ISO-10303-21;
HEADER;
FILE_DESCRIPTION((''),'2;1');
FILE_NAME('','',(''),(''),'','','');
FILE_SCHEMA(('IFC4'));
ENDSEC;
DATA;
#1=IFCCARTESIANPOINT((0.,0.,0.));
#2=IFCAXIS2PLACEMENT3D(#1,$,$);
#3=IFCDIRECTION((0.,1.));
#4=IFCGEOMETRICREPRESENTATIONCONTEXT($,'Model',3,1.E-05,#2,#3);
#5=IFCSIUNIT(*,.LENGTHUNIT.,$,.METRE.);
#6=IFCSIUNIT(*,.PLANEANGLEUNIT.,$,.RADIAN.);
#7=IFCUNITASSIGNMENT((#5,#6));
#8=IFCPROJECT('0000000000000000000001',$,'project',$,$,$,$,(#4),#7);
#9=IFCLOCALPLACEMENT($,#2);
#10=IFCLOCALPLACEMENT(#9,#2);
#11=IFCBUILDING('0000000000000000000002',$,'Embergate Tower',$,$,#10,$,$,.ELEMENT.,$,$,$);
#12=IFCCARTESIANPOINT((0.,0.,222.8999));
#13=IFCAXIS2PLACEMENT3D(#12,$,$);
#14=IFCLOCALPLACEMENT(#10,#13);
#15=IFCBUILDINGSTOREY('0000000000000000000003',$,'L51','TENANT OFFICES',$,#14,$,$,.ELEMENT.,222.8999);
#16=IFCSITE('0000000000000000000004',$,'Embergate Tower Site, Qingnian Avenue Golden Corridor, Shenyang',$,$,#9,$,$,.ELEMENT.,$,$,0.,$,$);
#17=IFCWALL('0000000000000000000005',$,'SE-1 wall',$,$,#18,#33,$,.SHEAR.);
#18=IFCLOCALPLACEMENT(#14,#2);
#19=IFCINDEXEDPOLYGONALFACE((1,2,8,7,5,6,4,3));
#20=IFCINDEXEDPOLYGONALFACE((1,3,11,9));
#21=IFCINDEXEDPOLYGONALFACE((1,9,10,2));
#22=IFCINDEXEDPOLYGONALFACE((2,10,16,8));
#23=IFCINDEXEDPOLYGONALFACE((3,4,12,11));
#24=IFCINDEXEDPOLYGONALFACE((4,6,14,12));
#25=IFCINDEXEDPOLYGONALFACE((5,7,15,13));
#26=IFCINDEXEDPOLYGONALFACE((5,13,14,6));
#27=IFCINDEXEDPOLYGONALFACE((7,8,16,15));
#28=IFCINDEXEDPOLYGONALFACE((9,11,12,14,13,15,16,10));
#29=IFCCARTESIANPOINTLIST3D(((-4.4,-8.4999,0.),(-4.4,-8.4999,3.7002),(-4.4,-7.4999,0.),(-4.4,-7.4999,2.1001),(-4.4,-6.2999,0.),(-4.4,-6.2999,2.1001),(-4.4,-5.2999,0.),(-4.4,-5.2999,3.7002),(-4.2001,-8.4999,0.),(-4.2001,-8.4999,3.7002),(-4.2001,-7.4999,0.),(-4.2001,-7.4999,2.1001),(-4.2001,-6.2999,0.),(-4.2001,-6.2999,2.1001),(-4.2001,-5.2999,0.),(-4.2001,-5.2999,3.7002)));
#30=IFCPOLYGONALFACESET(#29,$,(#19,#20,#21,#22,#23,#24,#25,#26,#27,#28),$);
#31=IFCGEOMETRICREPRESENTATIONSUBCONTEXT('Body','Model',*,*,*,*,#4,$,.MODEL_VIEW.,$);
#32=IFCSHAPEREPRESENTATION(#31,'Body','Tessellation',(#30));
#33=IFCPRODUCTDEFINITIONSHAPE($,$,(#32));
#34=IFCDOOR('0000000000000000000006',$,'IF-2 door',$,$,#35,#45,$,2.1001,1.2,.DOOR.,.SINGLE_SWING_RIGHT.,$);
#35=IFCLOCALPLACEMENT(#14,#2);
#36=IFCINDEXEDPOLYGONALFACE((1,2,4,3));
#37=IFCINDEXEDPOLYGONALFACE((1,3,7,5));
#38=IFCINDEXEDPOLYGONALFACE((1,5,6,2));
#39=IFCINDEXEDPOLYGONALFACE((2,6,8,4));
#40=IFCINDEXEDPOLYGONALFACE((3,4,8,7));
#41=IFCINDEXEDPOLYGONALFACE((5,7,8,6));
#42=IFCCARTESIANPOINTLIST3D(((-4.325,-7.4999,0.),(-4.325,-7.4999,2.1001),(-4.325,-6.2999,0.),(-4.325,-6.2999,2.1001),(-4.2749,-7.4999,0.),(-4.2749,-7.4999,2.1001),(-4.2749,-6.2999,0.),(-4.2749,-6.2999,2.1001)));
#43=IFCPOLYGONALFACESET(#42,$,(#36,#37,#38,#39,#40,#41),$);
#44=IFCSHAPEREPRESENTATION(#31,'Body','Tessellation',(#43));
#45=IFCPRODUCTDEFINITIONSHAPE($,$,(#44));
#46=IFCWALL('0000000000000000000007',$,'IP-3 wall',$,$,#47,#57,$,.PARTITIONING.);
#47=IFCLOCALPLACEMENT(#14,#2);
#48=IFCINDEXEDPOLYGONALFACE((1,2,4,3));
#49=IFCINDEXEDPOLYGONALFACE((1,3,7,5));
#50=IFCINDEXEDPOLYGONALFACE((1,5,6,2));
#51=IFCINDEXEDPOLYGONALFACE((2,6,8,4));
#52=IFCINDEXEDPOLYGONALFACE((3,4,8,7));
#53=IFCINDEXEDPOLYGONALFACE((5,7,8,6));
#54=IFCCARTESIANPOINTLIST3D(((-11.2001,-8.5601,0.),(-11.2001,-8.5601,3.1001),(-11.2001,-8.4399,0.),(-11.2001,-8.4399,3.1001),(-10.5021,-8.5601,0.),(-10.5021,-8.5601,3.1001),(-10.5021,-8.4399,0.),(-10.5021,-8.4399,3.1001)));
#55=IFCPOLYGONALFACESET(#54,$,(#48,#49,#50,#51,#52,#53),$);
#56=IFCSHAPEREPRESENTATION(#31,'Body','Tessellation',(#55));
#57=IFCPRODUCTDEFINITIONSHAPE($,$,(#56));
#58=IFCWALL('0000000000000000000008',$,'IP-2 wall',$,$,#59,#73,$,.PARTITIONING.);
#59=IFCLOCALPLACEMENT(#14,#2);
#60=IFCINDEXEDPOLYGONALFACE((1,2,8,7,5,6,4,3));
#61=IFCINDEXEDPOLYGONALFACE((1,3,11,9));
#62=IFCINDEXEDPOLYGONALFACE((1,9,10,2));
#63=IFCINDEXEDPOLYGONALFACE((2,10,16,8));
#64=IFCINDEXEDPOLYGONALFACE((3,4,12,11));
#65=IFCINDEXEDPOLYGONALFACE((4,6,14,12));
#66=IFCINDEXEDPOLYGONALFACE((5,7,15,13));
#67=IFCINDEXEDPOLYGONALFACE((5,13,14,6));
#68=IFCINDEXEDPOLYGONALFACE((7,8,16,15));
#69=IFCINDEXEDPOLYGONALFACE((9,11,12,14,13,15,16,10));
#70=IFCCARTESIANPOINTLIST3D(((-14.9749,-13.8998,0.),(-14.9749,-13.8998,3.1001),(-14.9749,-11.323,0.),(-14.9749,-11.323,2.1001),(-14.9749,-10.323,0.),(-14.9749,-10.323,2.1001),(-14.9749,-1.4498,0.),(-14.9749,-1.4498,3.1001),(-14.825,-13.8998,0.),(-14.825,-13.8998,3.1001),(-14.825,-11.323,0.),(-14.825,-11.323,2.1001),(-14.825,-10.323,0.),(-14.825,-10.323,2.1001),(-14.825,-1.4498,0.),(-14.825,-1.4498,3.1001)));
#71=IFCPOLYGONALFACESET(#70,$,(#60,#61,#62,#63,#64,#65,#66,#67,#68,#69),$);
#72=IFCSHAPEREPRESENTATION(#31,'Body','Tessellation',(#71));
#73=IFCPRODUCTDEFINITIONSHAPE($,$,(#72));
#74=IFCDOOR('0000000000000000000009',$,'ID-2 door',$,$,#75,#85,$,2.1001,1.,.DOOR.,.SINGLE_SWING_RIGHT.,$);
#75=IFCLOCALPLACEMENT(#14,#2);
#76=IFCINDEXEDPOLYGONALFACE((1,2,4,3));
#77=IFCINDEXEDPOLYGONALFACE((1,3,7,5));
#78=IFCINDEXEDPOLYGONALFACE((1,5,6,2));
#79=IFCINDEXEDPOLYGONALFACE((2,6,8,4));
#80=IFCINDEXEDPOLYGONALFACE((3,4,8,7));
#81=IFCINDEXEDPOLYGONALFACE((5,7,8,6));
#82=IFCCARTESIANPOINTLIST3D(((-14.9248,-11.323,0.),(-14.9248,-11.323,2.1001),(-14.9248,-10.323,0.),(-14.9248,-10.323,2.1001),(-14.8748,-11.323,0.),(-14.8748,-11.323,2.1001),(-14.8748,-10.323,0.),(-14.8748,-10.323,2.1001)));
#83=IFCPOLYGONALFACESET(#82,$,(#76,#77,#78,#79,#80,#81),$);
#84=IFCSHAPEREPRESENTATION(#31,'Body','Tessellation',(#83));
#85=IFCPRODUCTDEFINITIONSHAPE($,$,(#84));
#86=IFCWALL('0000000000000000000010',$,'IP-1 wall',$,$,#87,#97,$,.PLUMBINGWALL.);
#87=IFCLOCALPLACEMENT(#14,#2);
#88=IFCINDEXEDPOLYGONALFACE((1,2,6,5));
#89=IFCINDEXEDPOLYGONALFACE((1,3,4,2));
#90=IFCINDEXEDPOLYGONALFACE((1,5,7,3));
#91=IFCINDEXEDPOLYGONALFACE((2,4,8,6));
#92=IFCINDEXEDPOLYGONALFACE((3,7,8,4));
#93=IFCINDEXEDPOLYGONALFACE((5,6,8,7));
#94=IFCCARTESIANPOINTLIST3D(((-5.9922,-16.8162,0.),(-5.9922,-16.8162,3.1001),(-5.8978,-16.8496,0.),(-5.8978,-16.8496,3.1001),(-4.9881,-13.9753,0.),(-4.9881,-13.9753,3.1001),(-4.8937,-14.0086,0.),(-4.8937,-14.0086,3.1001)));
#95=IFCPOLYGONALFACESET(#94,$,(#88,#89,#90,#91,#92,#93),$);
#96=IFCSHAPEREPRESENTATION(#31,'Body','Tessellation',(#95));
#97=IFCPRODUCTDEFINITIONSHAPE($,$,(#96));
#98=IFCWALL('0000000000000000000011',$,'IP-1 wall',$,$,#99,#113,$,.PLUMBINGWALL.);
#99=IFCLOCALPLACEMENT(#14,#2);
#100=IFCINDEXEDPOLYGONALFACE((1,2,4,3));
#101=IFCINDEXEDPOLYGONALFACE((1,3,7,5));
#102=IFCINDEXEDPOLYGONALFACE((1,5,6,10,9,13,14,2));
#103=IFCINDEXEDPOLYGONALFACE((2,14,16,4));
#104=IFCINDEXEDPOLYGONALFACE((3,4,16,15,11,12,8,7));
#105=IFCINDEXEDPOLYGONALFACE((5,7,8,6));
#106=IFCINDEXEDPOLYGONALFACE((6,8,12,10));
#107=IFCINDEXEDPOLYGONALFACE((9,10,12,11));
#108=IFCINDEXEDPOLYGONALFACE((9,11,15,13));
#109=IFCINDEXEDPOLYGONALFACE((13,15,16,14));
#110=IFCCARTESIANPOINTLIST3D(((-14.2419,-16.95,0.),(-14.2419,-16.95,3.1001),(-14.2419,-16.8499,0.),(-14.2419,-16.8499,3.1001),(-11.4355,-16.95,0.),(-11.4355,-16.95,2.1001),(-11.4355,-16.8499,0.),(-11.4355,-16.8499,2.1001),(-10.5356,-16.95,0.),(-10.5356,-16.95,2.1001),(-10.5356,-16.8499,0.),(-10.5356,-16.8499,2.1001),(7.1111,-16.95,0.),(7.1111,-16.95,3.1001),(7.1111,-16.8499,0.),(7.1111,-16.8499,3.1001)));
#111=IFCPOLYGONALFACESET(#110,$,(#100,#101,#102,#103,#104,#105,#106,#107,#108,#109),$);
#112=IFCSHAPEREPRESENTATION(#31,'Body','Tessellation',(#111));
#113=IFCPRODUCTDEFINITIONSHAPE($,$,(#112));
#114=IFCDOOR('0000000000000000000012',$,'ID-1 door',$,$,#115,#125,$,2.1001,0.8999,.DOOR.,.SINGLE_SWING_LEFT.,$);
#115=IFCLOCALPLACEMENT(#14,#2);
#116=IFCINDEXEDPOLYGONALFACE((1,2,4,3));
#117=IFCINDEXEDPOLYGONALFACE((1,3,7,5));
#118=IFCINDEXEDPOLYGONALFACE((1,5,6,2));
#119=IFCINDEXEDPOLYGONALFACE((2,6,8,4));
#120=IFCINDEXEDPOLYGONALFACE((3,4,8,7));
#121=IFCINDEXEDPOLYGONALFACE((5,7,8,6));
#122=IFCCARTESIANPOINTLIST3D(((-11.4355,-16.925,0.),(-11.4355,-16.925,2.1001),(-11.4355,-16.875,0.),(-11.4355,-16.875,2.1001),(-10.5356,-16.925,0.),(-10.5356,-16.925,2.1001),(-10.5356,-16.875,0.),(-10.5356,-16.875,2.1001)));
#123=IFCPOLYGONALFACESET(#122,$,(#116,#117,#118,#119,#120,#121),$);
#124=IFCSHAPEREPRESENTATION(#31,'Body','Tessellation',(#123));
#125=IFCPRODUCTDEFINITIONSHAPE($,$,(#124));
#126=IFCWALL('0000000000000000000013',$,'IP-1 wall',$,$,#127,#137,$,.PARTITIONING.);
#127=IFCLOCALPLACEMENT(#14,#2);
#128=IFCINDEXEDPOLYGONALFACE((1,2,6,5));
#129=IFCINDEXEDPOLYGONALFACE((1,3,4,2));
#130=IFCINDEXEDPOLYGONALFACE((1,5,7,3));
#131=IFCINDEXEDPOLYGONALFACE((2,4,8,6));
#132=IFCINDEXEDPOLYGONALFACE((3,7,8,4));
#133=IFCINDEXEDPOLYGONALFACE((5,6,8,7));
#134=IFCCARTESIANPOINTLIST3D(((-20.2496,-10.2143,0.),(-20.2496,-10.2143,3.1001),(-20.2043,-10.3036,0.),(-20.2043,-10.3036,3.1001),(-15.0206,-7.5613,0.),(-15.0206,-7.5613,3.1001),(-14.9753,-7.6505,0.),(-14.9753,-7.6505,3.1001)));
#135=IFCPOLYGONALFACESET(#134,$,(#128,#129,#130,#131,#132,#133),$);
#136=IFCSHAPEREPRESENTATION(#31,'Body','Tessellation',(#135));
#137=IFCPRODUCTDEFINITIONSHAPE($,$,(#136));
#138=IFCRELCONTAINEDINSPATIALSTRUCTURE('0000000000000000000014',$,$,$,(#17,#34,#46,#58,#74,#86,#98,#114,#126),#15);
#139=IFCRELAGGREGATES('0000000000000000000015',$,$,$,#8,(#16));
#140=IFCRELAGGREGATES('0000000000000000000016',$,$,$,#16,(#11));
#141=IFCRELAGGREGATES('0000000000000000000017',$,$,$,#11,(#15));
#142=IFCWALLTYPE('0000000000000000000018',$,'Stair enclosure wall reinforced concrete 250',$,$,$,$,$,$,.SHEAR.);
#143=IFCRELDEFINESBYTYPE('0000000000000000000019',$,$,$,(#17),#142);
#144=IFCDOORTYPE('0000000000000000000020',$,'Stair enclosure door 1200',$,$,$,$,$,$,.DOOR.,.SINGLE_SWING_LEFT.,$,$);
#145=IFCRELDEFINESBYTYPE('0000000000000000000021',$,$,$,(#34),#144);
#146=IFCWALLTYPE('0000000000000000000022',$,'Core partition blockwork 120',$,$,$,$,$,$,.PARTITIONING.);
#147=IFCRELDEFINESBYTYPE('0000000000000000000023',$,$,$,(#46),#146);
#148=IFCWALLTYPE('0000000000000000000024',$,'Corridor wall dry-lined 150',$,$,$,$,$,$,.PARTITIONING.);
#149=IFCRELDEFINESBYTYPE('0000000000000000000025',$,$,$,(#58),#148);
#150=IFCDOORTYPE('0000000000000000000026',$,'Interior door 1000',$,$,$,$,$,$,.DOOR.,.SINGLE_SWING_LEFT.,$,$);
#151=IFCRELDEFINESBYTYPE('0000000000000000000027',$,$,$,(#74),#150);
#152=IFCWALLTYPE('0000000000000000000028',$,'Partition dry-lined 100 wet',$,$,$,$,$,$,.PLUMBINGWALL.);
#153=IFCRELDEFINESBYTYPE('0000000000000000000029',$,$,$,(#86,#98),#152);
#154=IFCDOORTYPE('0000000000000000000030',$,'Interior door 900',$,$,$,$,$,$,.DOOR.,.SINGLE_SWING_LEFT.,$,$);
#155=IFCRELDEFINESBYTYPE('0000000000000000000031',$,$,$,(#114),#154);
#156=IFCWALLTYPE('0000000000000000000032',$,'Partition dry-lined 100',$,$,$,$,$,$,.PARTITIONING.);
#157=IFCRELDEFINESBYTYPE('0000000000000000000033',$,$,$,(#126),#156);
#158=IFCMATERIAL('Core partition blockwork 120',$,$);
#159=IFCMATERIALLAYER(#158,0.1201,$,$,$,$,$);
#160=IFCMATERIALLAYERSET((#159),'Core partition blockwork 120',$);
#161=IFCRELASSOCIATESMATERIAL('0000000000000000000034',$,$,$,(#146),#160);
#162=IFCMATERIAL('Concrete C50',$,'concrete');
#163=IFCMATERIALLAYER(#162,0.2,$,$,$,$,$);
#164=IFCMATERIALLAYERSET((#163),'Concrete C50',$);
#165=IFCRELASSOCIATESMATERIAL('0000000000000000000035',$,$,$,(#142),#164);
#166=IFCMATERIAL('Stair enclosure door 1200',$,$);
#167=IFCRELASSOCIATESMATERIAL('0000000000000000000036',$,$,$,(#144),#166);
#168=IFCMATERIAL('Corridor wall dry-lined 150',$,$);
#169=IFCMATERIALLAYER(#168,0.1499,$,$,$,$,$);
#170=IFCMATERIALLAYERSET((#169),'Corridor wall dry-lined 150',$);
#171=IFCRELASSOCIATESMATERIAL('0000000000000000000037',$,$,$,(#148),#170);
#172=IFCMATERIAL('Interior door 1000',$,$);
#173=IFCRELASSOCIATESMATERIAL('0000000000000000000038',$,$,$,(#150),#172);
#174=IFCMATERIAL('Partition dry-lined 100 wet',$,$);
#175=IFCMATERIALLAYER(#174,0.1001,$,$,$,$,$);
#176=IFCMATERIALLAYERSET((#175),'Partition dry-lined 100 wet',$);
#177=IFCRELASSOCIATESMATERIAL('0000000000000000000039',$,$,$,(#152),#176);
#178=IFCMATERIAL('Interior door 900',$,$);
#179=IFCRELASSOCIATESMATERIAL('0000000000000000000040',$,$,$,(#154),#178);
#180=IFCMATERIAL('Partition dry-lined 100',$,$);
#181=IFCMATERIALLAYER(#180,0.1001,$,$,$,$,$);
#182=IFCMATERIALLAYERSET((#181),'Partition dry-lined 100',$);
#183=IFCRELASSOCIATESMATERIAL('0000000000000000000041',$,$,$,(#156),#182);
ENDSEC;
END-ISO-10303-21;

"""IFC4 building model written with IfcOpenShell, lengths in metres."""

from ifc_helpers import new_model, si_unit, direction, frame, frame_2d, origin, place, context, subcontext, project, spatial, rectangle, extrude, source, transform, mapped, material, layer, layer_set, type_object, element, fill, save


model = new_model("IFC4")

# Units and contexts
model_context = context("Model", 3, precision=1e-05, world=origin(), true_north=direction((0.0, 1.0)))
body_context = subcontext(model_context, "Body", "Model", "MODEL_VIEW")
ifc_project = project(units=[si_unit("LENGTHUNIT", "METRE"), si_unit("PLANEANGLEUNIT", "RADIAN")], contexts=[model_context])

# Site, building, storey
site_placement = place(None, origin())
site = spatial("IfcSite", under=ifc_project, at=site_placement, Name="Embergate Tower Site, Qingnian Avenue Golden Corridor, Shenyang", CompositionType="ELEMENT", RefElevation=0.0)
building_placement = place(site_placement, origin())
building = spatial("IfcBuilding", under=site, at=building_placement, Name="Embergate Tower", CompositionType="ELEMENT")
storey_placement = place(building_placement, frame((0.0, 0.0, 222.8999)))
storey = spatial("IfcBuildingStorey", under=building, at=storey_placement, Name="L51", Description="TENANT OFFICES", CompositionType="ELEMENT", Elevation=222.8999)

# Shared definitions
shared_shape_1 = source(origin(), body_context, "Body", "SweptSolid", [
    extrude(rectangle(XDim=1.0, YDim=2.1001, at=frame_2d((0.5, 1.05))), frame((0.0, 0.0249, 0.0), z_axis=(0.0, -1.0, 0.0), x_axis=(1.0, 0.0, 0.0)), (0.0, 0.0, 1.0), 0.05),
])
ifc_material_1 = material(Name="Core partition blockwork 120")
ifc_layer_1 = layer(ifc_material_1, 0.1201)
ifc_layer_set_1 = layer_set([ifc_layer_1], Name="Core partition blockwork 120")
wall_type_1 = type_object("IfcWallType", Name="Core partition blockwork 120", PredefinedType="PARTITIONING", material=ifc_layer_set_1)
shared_shape_2 = source(origin(), body_context, "Body", "SweptSolid", [
    extrude(rectangle(XDim=1.2, YDim=2.1001, at=frame_2d((0.6001, 1.05))), frame((0.0, 0.0249, 0.0), z_axis=(0.0, -1.0, 0.0), x_axis=(1.0, 0.0, 0.0)), (0.0, 0.0, 1.0), 0.05),
])

# Shared definitions
ifc_material_2 = material(Name="Concrete C50", Category="concrete")
ifc_layer_2 = layer(ifc_material_2, 0.2)
ifc_layer_set_2 = layer_set([ifc_layer_2], Name="Concrete C50")
wall_type_2 = type_object("IfcWallType", Name="Stair enclosure wall reinforced concrete 250", PredefinedType="SHEAR", material=ifc_layer_set_2)

# Wall, opening, door
shared_shape_3 = source(origin(), body_context, "Body", "SweptSolid", [
    extrude(rectangle(XDim=3.2, YDim=0.2, at=frame_2d((1.6001, 0.0))), origin(), (0.0, 0.0, 1.0), 3.7002),
])
wall_1_placement = place(storey_placement, frame((-4.3, -8.5, 0.0), z_axis=(0.0, 0.0, 1.0), x_axis=(0.0, 1.0, 0.0)))
wall_1 = element("IfcWall", 1, at=wall_1_placement, inside=storey, type_object=wall_type_2, Name="SE-1 wall", PredefinedType="SHEAR", context=body_context, shape_type="MappedRepresentation", body=[
    mapped(shared_shape_3, transform((0.0, 0.0, 0.0))),
])
shared_shape_4 = source(origin(), body_context, "Body", "SweptSolid", [
    extrude(rectangle(XDim=1.2, YDim=2.1001, at=frame_2d((0.6001, 1.05))), frame((0.0, 0.1099, 0.0), z_axis=(0.0, -1.0, 0.0), x_axis=(1.0, 0.0, 0.0)), (0.0, 0.0, 1.0), 0.22),
])
opening_1_placement = place(wall_1_placement, frame((1.0, 0.0, 0.0)))
opening_1 = element("IfcOpeningElement", 2, at=opening_1_placement, cuts=wall_1, PredefinedType="OPENING", context=body_context, shape_type="MappedRepresentation", body=[
    mapped(shared_shape_4, transform((0.0, 0.0, 0.0))),
])
ifc_material_3 = material(Name="Stair enclosure door 1200")
door_type_1 = type_object("IfcDoorType", Name="Stair enclosure door 1200", OperationType="SINGLE_SWING_LEFT", PredefinedType="DOOR", material=ifc_material_3)
door_1_placement = place(opening_1_placement, origin())
door_1 = element("IfcDoor", 3, at=door_1_placement, inside=storey, type_object=door_type_1, Name="IF-2 door", OperationType="SINGLE_SWING_RIGHT", OverallHeight=2.1001, OverallWidth=1.2, PredefinedType="DOOR", context=body_context, shape_type="MappedRepresentation", body=[
    mapped(shared_shape_2, transform((0.0, 0.0, 0.0))),
])
fill(opening_1, door_1)

# Wall
shared_shape_5 = source(origin(), body_context, "Body", "SweptSolid", [
    extrude(rectangle(XDim=0.698, YDim=0.1201, at=frame_2d((0.3491, 0.0))), origin(), (0.0, 0.0, 1.0), 3.1001),
])
wall_2_placement = place(storey_placement, frame((-10.502, -8.5, 0.0), z_axis=(0.0, 0.0, 1.0), x_axis=(-1.0, 0.0, 0.0)))
element("IfcWall", 4, at=wall_2_placement, inside=storey, type_object=wall_type_1, Name="IP-3 wall", PredefinedType="PARTITIONING", context=body_context, shape_type="MappedRepresentation", body=[
    mapped(shared_shape_5, transform((0.0, 0.0, 0.0))),
])

# Wall, opening, door
ifc_material_4 = material(Name="Corridor wall dry-lined 150")
ifc_layer_3 = layer(ifc_material_4, 0.1499)
ifc_layer_set_3 = layer_set([ifc_layer_3], Name="Corridor wall dry-lined 150")
wall_type_3 = type_object("IfcWallType", Name="Corridor wall dry-lined 150", PredefinedType="PARTITIONING", material=ifc_layer_set_3)
shared_shape_6 = source(origin(), body_context, "Body", "SweptSolid", [
    extrude(rectangle(XDim=12.45, YDim=0.1499, at=frame_2d((6.2251, 0.0))), origin(), (0.0, 0.0, 1.0), 3.1001),
])
wall_3_placement = place(storey_placement, frame((-14.8999, -13.8999, 0.0), z_axis=(0.0, 0.0, 1.0), x_axis=(0.0, 1.0, 0.0)))
wall_3 = element("IfcWall", 5, at=wall_3_placement, inside=storey, type_object=wall_type_3, Name="IP-2 wall", PredefinedType="PARTITIONING", context=body_context, shape_type="MappedRepresentation", body=[
    mapped(shared_shape_6, transform((0.0, 0.0, 0.0))),
])
shared_shape_7 = source(origin(), body_context, "Body", "SweptSolid", [
    extrude(rectangle(XDim=1.0, YDim=2.1001, at=frame_2d((0.5, 1.05))), frame((0.0, 0.085, 0.0), z_axis=(0.0, -1.0, 0.0), x_axis=(1.0, 0.0, 0.0)), (0.0, 0.0, 1.0), 0.1699),
])
opening_2_placement = place(wall_3_placement, frame((2.5769, 0.0, 0.0)))
opening_2 = element("IfcOpeningElement", 6, at=opening_2_placement, cuts=wall_3, PredefinedType="OPENING", context=body_context, shape_type="MappedRepresentation", body=[
    mapped(shared_shape_7, transform((0.0, 0.0, 0.0))),
])
ifc_material_5 = material(Name="Interior door 1000")
door_type_2 = type_object("IfcDoorType", Name="Interior door 1000", OperationType="SINGLE_SWING_LEFT", PredefinedType="DOOR", material=ifc_material_5)
door_2_placement = place(opening_2_placement, origin())
door_2 = element("IfcDoor", 7, at=door_2_placement, inside=storey, type_object=door_type_2, Name="ID-2 door", OperationType="SINGLE_SWING_RIGHT", OverallHeight=2.1001, OverallWidth=1.0, PredefinedType="DOOR", context=body_context, shape_type="MappedRepresentation", body=[
    mapped(shared_shape_1, transform((0.0, 0.0, 0.0))),
])
fill(opening_2, door_2)

# Wall
ifc_material_6 = material(Name="Partition dry-lined 100 wet")
ifc_layer_4 = layer(ifc_material_6, 0.1001)
ifc_layer_set_4 = layer_set([ifc_layer_4], Name="Partition dry-lined 100 wet")
wall_type_4 = type_object("IfcWallType", Name="Partition dry-lined 100 wet", PredefinedType="PLUMBINGWALL", material=ifc_layer_set_4)
shared_shape_8 = source(origin(), body_context, "Body", "SweptSolid", [
    extrude(rectangle(XDim=3.0132, YDim=0.1001, at=frame_2d((1.5066, 0.0))), origin(), (0.0, 0.0, 1.0), 3.1001),
])
wall_4_placement = place(storey_placement, frame((-4.9409, -13.9919, 0.0), z_axis=(0.0, 0.0, 1.0), x_axis=(-0.33324, -0.942842, 0.0)))
element("IfcWall", 8, at=wall_4_placement, inside=storey, type_object=wall_type_4, Name="IP-1 wall", PredefinedType="PLUMBINGWALL", context=body_context, shape_type="MappedRepresentation", body=[
    mapped(shared_shape_8, transform((0.0, 0.0, 0.0))),
])

# Wall, opening, door
shared_shape_9 = source(origin(), body_context, "Body", "SweptSolid", [
    extrude(rectangle(XDim=21.353, YDim=0.1001, at=frame_2d((10.6765, 0.0))), origin(), (0.0, 0.0, 1.0), 3.1001),
])
wall_5_placement = place(storey_placement, frame((-14.2419, -16.8999, 0.0), z_axis=(0.0, 0.0, 1.0), x_axis=(1.0, 0.0, 0.0)))
wall_5 = element("IfcWall", 9, at=wall_5_placement, inside=storey, type_object=wall_type_4, Name="IP-1 wall", PredefinedType="PLUMBINGWALL", context=body_context, shape_type="MappedRepresentation", body=[
    mapped(shared_shape_9, transform((0.0, 0.0, 0.0))),
])
shared_shape_10 = source(origin(), body_context, "Body", "SweptSolid", [
    extrude(rectangle(XDim=0.8999, YDim=2.1001, at=frame_2d((0.45, 1.05))), frame((0.0, 0.0601, 0.0), z_axis=(0.0, -1.0, 0.0), x_axis=(1.0, 0.0, 0.0)), (0.0, 0.0, 1.0), 0.1201),
])
opening_3_placement = place(wall_5_placement, frame((2.8064, 0.0, 0.0)))
opening_3 = element("IfcOpeningElement", 10, at=opening_3_placement, cuts=wall_5, PredefinedType="OPENING", context=body_context, shape_type="MappedRepresentation", body=[
    mapped(shared_shape_10, transform((0.0, 0.0, 0.0))),
])
ifc_material_7 = material(Name="Interior door 900")
door_type_3 = type_object("IfcDoorType", Name="Interior door 900", OperationType="SINGLE_SWING_LEFT", PredefinedType="DOOR", material=ifc_material_7)
shared_shape_11 = source(origin(), body_context, "Body", "SweptSolid", [
    extrude(rectangle(XDim=0.8999, YDim=2.1001, at=frame_2d((0.45, 1.05))), frame((0.0, 0.0249, 0.0), z_axis=(0.0, -1.0, 0.0), x_axis=(1.0, 0.0, 0.0)), (0.0, 0.0, 1.0), 0.05),
])
door_3_placement = place(opening_3_placement, origin())
door_3 = element("IfcDoor", 11, at=door_3_placement, inside=storey, type_object=door_type_3, Name="ID-1 door", OperationType="SINGLE_SWING_LEFT", OverallHeight=2.1001, OverallWidth=0.8999, PredefinedType="DOOR", context=body_context, shape_type="MappedRepresentation", body=[
    mapped(shared_shape_11, transform((0.0, 0.0, 0.0))),
])
fill(opening_3, door_3)

# Wall
ifc_material_8 = material(Name="Partition dry-lined 100")
ifc_layer_5 = layer(ifc_material_8, 0.1001)
ifc_layer_set_5 = layer_set([ifc_layer_5], Name="Partition dry-lined 100")
wall_type_5 = type_object("IfcWallType", Name="Partition dry-lined 100", PredefinedType="PARTITIONING", material=ifc_layer_set_5)
shared_shape_12 = source(origin(), body_context, "Body", "SweptSolid", [
    extrude(rectangle(XDim=5.8635, YDim=0.1001, at=frame_2d((2.9316, 0.0))), origin(), (0.0, 0.0, 1.0), 3.1001),
])
wall_6_placement = place(storey_placement, frame((-14.998, -7.606, 0.0), z_axis=(0.0, 0.0, 1.0), x_axis=(-0.89178, -0.452469, 0.0)))
element("IfcWall", 12, at=wall_6_placement, inside=storey, type_object=wall_type_5, Name="IP-1 wall", PredefinedType="PARTITIONING", context=body_context, shape_type="MappedRepresentation", body=[
    mapped(shared_shape_12, transform((0.0, 0.0, 0.0))),
])

save(model, "model.ifc")
